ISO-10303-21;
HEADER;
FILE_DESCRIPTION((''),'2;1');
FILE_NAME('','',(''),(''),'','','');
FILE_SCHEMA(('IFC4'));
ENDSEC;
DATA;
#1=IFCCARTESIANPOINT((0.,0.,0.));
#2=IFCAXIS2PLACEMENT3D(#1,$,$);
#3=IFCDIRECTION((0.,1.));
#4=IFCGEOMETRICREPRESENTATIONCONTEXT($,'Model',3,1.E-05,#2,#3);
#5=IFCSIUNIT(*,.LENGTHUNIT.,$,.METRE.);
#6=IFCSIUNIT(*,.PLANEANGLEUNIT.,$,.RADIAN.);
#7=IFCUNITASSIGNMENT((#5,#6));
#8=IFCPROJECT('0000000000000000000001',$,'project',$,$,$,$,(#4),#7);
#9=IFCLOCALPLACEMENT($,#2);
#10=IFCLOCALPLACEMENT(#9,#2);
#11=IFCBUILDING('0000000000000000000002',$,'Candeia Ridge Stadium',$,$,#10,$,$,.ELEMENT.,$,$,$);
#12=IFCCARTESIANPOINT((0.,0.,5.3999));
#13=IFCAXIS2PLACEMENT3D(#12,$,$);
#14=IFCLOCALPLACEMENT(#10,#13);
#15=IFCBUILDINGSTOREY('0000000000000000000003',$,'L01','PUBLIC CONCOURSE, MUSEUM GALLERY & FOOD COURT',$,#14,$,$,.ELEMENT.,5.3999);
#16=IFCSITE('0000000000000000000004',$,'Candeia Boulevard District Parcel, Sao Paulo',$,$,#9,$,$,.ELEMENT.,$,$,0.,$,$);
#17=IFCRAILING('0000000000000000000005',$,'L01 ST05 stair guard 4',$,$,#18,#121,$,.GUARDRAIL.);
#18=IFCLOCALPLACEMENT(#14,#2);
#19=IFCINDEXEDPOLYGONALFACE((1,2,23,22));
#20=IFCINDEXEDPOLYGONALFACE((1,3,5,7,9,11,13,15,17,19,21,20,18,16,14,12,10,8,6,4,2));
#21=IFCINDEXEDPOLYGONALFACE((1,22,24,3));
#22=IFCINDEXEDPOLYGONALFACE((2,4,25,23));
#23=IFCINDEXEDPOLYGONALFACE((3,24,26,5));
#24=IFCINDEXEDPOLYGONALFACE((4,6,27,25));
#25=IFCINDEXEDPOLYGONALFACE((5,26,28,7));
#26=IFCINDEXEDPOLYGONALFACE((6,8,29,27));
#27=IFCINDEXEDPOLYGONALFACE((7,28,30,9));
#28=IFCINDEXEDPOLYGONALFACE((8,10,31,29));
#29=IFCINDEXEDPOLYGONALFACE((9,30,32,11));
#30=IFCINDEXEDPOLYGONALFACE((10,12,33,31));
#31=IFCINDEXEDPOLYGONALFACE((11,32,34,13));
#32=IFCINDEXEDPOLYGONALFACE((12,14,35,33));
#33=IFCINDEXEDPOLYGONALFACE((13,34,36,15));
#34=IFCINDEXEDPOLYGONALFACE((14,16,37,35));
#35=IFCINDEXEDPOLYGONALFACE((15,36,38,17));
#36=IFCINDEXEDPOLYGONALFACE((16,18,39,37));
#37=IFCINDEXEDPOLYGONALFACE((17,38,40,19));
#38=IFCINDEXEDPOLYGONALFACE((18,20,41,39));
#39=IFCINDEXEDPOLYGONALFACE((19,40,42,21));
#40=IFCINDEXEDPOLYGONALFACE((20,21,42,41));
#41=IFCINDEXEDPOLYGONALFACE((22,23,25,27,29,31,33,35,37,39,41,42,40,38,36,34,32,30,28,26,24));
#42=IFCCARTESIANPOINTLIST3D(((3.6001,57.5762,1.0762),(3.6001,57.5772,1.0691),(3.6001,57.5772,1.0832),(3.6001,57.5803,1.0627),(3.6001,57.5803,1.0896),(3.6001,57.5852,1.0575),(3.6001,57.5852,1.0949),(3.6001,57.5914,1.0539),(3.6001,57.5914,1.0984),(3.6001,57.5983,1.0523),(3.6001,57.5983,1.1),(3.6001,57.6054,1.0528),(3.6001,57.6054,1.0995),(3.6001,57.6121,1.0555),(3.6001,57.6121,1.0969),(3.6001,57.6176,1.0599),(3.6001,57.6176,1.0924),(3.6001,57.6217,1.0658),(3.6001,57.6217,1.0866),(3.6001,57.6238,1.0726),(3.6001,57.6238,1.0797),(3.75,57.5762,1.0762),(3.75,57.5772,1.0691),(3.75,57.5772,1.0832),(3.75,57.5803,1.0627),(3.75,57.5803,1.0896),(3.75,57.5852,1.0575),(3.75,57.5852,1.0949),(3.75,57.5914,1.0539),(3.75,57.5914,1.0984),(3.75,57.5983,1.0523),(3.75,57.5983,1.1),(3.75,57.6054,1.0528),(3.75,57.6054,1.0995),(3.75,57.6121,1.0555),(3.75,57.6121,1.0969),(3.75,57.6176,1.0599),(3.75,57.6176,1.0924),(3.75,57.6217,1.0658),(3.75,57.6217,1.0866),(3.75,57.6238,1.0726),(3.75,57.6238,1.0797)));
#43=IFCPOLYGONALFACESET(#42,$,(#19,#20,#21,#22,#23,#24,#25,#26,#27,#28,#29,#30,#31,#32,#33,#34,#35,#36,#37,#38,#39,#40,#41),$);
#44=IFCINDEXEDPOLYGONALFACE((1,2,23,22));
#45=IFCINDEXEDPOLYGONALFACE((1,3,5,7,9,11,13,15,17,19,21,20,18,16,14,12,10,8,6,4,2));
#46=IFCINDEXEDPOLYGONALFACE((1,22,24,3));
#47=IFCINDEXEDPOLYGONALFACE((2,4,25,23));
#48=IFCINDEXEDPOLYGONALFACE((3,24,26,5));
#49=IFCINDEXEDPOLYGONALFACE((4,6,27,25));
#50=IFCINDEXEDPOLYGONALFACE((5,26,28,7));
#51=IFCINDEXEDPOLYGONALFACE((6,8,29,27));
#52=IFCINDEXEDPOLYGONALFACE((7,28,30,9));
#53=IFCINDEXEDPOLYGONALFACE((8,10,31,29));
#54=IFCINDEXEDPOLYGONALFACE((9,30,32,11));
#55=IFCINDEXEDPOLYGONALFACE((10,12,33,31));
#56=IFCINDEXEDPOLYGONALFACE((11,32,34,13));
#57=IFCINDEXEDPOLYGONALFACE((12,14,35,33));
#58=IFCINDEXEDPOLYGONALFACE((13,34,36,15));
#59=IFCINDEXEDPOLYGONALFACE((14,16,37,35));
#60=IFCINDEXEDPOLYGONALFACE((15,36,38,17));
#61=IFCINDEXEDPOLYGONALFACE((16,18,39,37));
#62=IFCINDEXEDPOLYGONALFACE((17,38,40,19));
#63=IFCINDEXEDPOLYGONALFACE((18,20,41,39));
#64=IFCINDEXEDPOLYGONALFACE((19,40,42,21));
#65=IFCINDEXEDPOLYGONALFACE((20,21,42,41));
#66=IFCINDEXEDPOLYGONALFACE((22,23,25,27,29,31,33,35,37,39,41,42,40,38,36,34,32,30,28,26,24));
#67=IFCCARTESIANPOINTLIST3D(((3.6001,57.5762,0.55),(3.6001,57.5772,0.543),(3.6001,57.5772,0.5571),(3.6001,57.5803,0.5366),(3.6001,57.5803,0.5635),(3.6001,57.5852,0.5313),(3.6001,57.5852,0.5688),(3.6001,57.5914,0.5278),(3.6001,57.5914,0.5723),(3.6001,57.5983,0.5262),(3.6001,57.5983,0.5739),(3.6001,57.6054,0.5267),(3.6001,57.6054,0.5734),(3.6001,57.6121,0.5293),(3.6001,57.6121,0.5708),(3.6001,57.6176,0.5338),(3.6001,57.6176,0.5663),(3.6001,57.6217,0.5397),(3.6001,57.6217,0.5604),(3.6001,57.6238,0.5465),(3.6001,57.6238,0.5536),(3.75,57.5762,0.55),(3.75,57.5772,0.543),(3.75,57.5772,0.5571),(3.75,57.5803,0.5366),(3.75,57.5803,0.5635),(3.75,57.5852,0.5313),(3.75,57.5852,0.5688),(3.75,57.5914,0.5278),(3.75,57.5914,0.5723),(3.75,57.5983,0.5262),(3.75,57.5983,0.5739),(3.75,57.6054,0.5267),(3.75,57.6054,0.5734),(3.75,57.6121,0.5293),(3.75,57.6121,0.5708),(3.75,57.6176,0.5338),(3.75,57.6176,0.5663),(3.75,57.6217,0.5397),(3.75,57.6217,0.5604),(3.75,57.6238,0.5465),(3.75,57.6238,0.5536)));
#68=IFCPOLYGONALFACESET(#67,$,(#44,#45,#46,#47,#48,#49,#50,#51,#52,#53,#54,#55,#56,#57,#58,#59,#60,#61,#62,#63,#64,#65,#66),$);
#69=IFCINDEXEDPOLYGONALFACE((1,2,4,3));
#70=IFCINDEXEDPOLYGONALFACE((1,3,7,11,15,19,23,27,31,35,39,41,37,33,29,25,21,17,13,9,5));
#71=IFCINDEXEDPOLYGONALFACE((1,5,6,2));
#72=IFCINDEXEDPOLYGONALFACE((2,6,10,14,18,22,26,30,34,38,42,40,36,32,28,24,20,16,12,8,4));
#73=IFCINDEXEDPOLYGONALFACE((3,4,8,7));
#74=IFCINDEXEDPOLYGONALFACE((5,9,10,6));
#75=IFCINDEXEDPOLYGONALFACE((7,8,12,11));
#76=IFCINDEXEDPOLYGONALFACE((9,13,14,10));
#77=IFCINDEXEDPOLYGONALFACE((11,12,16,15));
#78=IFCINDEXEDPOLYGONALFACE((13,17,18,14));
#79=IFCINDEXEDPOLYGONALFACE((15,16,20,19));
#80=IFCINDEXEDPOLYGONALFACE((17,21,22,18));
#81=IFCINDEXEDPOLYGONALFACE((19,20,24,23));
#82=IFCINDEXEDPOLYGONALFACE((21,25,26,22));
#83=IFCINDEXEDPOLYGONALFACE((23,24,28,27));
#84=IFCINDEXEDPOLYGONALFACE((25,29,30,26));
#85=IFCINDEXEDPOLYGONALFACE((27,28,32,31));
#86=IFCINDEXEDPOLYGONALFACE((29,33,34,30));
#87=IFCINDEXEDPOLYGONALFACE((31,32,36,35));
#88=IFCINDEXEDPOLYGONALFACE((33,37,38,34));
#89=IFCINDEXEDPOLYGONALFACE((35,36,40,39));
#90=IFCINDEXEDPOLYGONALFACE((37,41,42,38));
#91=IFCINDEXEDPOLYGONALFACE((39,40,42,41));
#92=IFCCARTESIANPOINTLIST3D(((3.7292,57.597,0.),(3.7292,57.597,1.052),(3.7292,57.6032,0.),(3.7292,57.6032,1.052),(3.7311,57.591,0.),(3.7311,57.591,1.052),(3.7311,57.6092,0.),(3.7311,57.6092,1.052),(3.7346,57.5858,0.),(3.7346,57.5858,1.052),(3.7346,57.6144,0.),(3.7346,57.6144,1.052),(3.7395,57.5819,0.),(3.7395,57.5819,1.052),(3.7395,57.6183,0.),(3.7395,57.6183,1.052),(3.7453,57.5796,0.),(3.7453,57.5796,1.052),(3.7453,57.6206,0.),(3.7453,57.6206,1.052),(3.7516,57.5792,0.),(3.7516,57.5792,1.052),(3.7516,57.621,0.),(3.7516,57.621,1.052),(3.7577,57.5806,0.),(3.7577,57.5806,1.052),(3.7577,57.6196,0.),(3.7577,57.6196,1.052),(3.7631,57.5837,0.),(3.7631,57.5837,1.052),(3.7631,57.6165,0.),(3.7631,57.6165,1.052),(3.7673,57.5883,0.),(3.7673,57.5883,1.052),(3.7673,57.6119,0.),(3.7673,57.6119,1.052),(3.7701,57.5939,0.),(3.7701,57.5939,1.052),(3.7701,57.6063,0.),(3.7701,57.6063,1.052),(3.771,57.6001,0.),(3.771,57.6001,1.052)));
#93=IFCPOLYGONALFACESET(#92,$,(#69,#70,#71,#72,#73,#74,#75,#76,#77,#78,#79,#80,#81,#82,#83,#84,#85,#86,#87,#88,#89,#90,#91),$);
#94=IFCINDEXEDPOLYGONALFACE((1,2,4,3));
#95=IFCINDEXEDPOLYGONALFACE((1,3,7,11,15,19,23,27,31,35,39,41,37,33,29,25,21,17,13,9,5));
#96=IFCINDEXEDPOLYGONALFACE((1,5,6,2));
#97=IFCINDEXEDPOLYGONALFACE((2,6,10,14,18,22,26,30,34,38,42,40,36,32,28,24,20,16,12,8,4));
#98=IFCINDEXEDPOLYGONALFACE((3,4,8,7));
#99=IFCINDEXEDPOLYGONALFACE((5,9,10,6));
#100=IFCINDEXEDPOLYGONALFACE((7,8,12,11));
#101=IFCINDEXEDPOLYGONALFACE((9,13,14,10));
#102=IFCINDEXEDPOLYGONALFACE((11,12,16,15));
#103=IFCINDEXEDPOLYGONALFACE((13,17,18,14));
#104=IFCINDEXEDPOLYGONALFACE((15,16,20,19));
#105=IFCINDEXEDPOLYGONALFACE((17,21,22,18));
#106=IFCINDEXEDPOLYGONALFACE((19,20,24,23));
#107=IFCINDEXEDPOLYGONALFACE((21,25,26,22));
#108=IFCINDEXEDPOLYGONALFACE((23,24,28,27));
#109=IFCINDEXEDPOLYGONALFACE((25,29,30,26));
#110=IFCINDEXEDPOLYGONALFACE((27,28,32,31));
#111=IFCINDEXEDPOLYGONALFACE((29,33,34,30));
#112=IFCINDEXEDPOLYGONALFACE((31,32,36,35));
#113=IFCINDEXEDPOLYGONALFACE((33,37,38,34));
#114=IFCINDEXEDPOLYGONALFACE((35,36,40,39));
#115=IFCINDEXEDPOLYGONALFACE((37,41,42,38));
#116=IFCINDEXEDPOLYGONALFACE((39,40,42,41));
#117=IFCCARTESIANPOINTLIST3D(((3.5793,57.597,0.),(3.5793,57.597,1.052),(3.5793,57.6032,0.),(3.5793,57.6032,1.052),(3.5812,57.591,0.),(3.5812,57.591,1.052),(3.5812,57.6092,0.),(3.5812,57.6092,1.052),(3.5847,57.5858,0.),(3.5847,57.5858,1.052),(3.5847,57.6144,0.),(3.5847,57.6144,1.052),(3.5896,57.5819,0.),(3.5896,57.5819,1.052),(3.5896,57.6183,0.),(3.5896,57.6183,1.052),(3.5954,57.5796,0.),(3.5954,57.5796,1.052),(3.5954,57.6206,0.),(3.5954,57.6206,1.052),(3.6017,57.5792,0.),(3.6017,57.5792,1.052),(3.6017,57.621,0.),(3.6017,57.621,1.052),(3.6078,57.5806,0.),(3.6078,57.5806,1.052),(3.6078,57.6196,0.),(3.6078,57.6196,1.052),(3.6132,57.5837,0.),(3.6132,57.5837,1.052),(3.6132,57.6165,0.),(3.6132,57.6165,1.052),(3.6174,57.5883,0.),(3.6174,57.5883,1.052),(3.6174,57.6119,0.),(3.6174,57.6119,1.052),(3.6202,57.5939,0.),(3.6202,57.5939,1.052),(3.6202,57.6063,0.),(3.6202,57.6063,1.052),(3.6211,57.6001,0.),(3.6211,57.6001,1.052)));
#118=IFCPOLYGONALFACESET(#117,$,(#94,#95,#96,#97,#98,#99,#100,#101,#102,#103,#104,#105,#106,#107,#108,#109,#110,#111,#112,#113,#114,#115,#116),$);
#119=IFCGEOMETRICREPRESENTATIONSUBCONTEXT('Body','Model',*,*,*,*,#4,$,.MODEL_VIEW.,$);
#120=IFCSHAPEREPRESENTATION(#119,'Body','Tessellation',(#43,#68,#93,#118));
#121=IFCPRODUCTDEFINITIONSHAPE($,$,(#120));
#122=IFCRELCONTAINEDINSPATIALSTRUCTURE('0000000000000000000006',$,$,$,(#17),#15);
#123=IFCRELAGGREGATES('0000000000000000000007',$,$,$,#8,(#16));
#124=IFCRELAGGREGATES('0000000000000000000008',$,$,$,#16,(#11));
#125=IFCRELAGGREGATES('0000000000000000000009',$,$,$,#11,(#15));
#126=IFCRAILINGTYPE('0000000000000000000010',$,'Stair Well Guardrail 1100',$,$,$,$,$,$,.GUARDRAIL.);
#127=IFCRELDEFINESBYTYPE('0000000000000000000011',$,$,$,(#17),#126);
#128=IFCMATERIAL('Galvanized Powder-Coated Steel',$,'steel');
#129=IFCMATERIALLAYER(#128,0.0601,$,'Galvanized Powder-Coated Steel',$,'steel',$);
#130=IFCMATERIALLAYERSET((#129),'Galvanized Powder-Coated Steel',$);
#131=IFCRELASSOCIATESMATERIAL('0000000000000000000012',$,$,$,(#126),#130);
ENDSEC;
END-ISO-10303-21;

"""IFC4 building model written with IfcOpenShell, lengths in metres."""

from ifc_helpers import new_model, si_unit, direction, frame, origin, origin_2d, place, context, subcontext, project, spatial, circle, extrude, material, layer, layer_set, type_object, element, save


model = new_model("IFC4")

# Units and contexts
model_context = context("Model", 3, precision=1e-05, world=origin(), true_north=direction((0.0, 1.0)))
body_context = subcontext(model_context, "Body", "Model", "MODEL_VIEW")
ifc_project = project(units=[si_unit("LENGTHUNIT", "METRE"), si_unit("PLANEANGLEUNIT", "RADIAN")], contexts=[model_context])

# Site, building, storey
site_placement = place(None, origin())
site = spatial("IfcSite", under=ifc_project, at=site_placement, Name="Candeia Boulevard District Parcel, Sao Paulo", CompositionType="ELEMENT", RefElevation=0.0)
building_placement = place(site_placement, origin())
building = spatial("IfcBuilding", under=site, at=building_placement, Name="Candeia Ridge Stadium", CompositionType="ELEMENT")
storey_placement = place(building_placement, frame((0.0, 0.0, 5.3999)))
storey = spatial("IfcBuildingStorey", under=building, at=storey_placement, Name="L01", Description="PUBLIC CONCOURSE, MUSEUM GALLERY & FOOD COURT", CompositionType="ELEMENT", Elevation=5.3999)

# Railing
ifc_material_1 = material(Name="Galvanized Powder-Coated Steel", Category="steel")
ifc_layer_1 = layer(ifc_material_1, 0.0601, Name="Galvanized Powder-Coated Steel", Category="steel")
ifc_layer_set_1 = layer_set([ifc_layer_1], Name="Galvanized Powder-Coated Steel")
railing_type_1 = type_object("IfcRailingType", Name="Stair Well Guardrail 1100", PredefinedType="GUARDRAIL", material=ifc_layer_set_1)
railing_1_placement = place(storey_placement, frame((3.75, 57.6001, 0.0)))
element("IfcRailing", 1, at=railing_1_placement, inside=storey, type_object=railing_type_1, Name="L01 ST05 stair guard 4", PredefinedType="GUARDRAIL", context=body_context, shape_type="SweptSolid", body=[
    extrude(circle(Radius=0.0239, at=origin_2d()), frame((0.0, 0.0, 1.0762), z_axis=(-1.0, 0.0, 0.0), x_axis=(0.0, -1.0, 0.0)), (0.0, 0.0, 1.0), 0.1499),
    extrude(circle(Radius=0.0239, at=origin_2d()), frame((0.0, 0.0, 0.55), z_axis=(-1.0, 0.0, 0.0), x_axis=(0.0, -1.0, 0.0)), (0.0, 0.0, 1.0), 0.1499),
    extrude(circle(Radius=0.021, at=origin_2d()), origin(), (0.0, 0.0, 1.0), 1.052),
    extrude(circle(Radius=0.021, at=origin_2d()), frame((-0.1499, 0.0, 0.0)), (0.0, 0.0, 1.0), 1.052),
])

save(model, "model.ifc")
